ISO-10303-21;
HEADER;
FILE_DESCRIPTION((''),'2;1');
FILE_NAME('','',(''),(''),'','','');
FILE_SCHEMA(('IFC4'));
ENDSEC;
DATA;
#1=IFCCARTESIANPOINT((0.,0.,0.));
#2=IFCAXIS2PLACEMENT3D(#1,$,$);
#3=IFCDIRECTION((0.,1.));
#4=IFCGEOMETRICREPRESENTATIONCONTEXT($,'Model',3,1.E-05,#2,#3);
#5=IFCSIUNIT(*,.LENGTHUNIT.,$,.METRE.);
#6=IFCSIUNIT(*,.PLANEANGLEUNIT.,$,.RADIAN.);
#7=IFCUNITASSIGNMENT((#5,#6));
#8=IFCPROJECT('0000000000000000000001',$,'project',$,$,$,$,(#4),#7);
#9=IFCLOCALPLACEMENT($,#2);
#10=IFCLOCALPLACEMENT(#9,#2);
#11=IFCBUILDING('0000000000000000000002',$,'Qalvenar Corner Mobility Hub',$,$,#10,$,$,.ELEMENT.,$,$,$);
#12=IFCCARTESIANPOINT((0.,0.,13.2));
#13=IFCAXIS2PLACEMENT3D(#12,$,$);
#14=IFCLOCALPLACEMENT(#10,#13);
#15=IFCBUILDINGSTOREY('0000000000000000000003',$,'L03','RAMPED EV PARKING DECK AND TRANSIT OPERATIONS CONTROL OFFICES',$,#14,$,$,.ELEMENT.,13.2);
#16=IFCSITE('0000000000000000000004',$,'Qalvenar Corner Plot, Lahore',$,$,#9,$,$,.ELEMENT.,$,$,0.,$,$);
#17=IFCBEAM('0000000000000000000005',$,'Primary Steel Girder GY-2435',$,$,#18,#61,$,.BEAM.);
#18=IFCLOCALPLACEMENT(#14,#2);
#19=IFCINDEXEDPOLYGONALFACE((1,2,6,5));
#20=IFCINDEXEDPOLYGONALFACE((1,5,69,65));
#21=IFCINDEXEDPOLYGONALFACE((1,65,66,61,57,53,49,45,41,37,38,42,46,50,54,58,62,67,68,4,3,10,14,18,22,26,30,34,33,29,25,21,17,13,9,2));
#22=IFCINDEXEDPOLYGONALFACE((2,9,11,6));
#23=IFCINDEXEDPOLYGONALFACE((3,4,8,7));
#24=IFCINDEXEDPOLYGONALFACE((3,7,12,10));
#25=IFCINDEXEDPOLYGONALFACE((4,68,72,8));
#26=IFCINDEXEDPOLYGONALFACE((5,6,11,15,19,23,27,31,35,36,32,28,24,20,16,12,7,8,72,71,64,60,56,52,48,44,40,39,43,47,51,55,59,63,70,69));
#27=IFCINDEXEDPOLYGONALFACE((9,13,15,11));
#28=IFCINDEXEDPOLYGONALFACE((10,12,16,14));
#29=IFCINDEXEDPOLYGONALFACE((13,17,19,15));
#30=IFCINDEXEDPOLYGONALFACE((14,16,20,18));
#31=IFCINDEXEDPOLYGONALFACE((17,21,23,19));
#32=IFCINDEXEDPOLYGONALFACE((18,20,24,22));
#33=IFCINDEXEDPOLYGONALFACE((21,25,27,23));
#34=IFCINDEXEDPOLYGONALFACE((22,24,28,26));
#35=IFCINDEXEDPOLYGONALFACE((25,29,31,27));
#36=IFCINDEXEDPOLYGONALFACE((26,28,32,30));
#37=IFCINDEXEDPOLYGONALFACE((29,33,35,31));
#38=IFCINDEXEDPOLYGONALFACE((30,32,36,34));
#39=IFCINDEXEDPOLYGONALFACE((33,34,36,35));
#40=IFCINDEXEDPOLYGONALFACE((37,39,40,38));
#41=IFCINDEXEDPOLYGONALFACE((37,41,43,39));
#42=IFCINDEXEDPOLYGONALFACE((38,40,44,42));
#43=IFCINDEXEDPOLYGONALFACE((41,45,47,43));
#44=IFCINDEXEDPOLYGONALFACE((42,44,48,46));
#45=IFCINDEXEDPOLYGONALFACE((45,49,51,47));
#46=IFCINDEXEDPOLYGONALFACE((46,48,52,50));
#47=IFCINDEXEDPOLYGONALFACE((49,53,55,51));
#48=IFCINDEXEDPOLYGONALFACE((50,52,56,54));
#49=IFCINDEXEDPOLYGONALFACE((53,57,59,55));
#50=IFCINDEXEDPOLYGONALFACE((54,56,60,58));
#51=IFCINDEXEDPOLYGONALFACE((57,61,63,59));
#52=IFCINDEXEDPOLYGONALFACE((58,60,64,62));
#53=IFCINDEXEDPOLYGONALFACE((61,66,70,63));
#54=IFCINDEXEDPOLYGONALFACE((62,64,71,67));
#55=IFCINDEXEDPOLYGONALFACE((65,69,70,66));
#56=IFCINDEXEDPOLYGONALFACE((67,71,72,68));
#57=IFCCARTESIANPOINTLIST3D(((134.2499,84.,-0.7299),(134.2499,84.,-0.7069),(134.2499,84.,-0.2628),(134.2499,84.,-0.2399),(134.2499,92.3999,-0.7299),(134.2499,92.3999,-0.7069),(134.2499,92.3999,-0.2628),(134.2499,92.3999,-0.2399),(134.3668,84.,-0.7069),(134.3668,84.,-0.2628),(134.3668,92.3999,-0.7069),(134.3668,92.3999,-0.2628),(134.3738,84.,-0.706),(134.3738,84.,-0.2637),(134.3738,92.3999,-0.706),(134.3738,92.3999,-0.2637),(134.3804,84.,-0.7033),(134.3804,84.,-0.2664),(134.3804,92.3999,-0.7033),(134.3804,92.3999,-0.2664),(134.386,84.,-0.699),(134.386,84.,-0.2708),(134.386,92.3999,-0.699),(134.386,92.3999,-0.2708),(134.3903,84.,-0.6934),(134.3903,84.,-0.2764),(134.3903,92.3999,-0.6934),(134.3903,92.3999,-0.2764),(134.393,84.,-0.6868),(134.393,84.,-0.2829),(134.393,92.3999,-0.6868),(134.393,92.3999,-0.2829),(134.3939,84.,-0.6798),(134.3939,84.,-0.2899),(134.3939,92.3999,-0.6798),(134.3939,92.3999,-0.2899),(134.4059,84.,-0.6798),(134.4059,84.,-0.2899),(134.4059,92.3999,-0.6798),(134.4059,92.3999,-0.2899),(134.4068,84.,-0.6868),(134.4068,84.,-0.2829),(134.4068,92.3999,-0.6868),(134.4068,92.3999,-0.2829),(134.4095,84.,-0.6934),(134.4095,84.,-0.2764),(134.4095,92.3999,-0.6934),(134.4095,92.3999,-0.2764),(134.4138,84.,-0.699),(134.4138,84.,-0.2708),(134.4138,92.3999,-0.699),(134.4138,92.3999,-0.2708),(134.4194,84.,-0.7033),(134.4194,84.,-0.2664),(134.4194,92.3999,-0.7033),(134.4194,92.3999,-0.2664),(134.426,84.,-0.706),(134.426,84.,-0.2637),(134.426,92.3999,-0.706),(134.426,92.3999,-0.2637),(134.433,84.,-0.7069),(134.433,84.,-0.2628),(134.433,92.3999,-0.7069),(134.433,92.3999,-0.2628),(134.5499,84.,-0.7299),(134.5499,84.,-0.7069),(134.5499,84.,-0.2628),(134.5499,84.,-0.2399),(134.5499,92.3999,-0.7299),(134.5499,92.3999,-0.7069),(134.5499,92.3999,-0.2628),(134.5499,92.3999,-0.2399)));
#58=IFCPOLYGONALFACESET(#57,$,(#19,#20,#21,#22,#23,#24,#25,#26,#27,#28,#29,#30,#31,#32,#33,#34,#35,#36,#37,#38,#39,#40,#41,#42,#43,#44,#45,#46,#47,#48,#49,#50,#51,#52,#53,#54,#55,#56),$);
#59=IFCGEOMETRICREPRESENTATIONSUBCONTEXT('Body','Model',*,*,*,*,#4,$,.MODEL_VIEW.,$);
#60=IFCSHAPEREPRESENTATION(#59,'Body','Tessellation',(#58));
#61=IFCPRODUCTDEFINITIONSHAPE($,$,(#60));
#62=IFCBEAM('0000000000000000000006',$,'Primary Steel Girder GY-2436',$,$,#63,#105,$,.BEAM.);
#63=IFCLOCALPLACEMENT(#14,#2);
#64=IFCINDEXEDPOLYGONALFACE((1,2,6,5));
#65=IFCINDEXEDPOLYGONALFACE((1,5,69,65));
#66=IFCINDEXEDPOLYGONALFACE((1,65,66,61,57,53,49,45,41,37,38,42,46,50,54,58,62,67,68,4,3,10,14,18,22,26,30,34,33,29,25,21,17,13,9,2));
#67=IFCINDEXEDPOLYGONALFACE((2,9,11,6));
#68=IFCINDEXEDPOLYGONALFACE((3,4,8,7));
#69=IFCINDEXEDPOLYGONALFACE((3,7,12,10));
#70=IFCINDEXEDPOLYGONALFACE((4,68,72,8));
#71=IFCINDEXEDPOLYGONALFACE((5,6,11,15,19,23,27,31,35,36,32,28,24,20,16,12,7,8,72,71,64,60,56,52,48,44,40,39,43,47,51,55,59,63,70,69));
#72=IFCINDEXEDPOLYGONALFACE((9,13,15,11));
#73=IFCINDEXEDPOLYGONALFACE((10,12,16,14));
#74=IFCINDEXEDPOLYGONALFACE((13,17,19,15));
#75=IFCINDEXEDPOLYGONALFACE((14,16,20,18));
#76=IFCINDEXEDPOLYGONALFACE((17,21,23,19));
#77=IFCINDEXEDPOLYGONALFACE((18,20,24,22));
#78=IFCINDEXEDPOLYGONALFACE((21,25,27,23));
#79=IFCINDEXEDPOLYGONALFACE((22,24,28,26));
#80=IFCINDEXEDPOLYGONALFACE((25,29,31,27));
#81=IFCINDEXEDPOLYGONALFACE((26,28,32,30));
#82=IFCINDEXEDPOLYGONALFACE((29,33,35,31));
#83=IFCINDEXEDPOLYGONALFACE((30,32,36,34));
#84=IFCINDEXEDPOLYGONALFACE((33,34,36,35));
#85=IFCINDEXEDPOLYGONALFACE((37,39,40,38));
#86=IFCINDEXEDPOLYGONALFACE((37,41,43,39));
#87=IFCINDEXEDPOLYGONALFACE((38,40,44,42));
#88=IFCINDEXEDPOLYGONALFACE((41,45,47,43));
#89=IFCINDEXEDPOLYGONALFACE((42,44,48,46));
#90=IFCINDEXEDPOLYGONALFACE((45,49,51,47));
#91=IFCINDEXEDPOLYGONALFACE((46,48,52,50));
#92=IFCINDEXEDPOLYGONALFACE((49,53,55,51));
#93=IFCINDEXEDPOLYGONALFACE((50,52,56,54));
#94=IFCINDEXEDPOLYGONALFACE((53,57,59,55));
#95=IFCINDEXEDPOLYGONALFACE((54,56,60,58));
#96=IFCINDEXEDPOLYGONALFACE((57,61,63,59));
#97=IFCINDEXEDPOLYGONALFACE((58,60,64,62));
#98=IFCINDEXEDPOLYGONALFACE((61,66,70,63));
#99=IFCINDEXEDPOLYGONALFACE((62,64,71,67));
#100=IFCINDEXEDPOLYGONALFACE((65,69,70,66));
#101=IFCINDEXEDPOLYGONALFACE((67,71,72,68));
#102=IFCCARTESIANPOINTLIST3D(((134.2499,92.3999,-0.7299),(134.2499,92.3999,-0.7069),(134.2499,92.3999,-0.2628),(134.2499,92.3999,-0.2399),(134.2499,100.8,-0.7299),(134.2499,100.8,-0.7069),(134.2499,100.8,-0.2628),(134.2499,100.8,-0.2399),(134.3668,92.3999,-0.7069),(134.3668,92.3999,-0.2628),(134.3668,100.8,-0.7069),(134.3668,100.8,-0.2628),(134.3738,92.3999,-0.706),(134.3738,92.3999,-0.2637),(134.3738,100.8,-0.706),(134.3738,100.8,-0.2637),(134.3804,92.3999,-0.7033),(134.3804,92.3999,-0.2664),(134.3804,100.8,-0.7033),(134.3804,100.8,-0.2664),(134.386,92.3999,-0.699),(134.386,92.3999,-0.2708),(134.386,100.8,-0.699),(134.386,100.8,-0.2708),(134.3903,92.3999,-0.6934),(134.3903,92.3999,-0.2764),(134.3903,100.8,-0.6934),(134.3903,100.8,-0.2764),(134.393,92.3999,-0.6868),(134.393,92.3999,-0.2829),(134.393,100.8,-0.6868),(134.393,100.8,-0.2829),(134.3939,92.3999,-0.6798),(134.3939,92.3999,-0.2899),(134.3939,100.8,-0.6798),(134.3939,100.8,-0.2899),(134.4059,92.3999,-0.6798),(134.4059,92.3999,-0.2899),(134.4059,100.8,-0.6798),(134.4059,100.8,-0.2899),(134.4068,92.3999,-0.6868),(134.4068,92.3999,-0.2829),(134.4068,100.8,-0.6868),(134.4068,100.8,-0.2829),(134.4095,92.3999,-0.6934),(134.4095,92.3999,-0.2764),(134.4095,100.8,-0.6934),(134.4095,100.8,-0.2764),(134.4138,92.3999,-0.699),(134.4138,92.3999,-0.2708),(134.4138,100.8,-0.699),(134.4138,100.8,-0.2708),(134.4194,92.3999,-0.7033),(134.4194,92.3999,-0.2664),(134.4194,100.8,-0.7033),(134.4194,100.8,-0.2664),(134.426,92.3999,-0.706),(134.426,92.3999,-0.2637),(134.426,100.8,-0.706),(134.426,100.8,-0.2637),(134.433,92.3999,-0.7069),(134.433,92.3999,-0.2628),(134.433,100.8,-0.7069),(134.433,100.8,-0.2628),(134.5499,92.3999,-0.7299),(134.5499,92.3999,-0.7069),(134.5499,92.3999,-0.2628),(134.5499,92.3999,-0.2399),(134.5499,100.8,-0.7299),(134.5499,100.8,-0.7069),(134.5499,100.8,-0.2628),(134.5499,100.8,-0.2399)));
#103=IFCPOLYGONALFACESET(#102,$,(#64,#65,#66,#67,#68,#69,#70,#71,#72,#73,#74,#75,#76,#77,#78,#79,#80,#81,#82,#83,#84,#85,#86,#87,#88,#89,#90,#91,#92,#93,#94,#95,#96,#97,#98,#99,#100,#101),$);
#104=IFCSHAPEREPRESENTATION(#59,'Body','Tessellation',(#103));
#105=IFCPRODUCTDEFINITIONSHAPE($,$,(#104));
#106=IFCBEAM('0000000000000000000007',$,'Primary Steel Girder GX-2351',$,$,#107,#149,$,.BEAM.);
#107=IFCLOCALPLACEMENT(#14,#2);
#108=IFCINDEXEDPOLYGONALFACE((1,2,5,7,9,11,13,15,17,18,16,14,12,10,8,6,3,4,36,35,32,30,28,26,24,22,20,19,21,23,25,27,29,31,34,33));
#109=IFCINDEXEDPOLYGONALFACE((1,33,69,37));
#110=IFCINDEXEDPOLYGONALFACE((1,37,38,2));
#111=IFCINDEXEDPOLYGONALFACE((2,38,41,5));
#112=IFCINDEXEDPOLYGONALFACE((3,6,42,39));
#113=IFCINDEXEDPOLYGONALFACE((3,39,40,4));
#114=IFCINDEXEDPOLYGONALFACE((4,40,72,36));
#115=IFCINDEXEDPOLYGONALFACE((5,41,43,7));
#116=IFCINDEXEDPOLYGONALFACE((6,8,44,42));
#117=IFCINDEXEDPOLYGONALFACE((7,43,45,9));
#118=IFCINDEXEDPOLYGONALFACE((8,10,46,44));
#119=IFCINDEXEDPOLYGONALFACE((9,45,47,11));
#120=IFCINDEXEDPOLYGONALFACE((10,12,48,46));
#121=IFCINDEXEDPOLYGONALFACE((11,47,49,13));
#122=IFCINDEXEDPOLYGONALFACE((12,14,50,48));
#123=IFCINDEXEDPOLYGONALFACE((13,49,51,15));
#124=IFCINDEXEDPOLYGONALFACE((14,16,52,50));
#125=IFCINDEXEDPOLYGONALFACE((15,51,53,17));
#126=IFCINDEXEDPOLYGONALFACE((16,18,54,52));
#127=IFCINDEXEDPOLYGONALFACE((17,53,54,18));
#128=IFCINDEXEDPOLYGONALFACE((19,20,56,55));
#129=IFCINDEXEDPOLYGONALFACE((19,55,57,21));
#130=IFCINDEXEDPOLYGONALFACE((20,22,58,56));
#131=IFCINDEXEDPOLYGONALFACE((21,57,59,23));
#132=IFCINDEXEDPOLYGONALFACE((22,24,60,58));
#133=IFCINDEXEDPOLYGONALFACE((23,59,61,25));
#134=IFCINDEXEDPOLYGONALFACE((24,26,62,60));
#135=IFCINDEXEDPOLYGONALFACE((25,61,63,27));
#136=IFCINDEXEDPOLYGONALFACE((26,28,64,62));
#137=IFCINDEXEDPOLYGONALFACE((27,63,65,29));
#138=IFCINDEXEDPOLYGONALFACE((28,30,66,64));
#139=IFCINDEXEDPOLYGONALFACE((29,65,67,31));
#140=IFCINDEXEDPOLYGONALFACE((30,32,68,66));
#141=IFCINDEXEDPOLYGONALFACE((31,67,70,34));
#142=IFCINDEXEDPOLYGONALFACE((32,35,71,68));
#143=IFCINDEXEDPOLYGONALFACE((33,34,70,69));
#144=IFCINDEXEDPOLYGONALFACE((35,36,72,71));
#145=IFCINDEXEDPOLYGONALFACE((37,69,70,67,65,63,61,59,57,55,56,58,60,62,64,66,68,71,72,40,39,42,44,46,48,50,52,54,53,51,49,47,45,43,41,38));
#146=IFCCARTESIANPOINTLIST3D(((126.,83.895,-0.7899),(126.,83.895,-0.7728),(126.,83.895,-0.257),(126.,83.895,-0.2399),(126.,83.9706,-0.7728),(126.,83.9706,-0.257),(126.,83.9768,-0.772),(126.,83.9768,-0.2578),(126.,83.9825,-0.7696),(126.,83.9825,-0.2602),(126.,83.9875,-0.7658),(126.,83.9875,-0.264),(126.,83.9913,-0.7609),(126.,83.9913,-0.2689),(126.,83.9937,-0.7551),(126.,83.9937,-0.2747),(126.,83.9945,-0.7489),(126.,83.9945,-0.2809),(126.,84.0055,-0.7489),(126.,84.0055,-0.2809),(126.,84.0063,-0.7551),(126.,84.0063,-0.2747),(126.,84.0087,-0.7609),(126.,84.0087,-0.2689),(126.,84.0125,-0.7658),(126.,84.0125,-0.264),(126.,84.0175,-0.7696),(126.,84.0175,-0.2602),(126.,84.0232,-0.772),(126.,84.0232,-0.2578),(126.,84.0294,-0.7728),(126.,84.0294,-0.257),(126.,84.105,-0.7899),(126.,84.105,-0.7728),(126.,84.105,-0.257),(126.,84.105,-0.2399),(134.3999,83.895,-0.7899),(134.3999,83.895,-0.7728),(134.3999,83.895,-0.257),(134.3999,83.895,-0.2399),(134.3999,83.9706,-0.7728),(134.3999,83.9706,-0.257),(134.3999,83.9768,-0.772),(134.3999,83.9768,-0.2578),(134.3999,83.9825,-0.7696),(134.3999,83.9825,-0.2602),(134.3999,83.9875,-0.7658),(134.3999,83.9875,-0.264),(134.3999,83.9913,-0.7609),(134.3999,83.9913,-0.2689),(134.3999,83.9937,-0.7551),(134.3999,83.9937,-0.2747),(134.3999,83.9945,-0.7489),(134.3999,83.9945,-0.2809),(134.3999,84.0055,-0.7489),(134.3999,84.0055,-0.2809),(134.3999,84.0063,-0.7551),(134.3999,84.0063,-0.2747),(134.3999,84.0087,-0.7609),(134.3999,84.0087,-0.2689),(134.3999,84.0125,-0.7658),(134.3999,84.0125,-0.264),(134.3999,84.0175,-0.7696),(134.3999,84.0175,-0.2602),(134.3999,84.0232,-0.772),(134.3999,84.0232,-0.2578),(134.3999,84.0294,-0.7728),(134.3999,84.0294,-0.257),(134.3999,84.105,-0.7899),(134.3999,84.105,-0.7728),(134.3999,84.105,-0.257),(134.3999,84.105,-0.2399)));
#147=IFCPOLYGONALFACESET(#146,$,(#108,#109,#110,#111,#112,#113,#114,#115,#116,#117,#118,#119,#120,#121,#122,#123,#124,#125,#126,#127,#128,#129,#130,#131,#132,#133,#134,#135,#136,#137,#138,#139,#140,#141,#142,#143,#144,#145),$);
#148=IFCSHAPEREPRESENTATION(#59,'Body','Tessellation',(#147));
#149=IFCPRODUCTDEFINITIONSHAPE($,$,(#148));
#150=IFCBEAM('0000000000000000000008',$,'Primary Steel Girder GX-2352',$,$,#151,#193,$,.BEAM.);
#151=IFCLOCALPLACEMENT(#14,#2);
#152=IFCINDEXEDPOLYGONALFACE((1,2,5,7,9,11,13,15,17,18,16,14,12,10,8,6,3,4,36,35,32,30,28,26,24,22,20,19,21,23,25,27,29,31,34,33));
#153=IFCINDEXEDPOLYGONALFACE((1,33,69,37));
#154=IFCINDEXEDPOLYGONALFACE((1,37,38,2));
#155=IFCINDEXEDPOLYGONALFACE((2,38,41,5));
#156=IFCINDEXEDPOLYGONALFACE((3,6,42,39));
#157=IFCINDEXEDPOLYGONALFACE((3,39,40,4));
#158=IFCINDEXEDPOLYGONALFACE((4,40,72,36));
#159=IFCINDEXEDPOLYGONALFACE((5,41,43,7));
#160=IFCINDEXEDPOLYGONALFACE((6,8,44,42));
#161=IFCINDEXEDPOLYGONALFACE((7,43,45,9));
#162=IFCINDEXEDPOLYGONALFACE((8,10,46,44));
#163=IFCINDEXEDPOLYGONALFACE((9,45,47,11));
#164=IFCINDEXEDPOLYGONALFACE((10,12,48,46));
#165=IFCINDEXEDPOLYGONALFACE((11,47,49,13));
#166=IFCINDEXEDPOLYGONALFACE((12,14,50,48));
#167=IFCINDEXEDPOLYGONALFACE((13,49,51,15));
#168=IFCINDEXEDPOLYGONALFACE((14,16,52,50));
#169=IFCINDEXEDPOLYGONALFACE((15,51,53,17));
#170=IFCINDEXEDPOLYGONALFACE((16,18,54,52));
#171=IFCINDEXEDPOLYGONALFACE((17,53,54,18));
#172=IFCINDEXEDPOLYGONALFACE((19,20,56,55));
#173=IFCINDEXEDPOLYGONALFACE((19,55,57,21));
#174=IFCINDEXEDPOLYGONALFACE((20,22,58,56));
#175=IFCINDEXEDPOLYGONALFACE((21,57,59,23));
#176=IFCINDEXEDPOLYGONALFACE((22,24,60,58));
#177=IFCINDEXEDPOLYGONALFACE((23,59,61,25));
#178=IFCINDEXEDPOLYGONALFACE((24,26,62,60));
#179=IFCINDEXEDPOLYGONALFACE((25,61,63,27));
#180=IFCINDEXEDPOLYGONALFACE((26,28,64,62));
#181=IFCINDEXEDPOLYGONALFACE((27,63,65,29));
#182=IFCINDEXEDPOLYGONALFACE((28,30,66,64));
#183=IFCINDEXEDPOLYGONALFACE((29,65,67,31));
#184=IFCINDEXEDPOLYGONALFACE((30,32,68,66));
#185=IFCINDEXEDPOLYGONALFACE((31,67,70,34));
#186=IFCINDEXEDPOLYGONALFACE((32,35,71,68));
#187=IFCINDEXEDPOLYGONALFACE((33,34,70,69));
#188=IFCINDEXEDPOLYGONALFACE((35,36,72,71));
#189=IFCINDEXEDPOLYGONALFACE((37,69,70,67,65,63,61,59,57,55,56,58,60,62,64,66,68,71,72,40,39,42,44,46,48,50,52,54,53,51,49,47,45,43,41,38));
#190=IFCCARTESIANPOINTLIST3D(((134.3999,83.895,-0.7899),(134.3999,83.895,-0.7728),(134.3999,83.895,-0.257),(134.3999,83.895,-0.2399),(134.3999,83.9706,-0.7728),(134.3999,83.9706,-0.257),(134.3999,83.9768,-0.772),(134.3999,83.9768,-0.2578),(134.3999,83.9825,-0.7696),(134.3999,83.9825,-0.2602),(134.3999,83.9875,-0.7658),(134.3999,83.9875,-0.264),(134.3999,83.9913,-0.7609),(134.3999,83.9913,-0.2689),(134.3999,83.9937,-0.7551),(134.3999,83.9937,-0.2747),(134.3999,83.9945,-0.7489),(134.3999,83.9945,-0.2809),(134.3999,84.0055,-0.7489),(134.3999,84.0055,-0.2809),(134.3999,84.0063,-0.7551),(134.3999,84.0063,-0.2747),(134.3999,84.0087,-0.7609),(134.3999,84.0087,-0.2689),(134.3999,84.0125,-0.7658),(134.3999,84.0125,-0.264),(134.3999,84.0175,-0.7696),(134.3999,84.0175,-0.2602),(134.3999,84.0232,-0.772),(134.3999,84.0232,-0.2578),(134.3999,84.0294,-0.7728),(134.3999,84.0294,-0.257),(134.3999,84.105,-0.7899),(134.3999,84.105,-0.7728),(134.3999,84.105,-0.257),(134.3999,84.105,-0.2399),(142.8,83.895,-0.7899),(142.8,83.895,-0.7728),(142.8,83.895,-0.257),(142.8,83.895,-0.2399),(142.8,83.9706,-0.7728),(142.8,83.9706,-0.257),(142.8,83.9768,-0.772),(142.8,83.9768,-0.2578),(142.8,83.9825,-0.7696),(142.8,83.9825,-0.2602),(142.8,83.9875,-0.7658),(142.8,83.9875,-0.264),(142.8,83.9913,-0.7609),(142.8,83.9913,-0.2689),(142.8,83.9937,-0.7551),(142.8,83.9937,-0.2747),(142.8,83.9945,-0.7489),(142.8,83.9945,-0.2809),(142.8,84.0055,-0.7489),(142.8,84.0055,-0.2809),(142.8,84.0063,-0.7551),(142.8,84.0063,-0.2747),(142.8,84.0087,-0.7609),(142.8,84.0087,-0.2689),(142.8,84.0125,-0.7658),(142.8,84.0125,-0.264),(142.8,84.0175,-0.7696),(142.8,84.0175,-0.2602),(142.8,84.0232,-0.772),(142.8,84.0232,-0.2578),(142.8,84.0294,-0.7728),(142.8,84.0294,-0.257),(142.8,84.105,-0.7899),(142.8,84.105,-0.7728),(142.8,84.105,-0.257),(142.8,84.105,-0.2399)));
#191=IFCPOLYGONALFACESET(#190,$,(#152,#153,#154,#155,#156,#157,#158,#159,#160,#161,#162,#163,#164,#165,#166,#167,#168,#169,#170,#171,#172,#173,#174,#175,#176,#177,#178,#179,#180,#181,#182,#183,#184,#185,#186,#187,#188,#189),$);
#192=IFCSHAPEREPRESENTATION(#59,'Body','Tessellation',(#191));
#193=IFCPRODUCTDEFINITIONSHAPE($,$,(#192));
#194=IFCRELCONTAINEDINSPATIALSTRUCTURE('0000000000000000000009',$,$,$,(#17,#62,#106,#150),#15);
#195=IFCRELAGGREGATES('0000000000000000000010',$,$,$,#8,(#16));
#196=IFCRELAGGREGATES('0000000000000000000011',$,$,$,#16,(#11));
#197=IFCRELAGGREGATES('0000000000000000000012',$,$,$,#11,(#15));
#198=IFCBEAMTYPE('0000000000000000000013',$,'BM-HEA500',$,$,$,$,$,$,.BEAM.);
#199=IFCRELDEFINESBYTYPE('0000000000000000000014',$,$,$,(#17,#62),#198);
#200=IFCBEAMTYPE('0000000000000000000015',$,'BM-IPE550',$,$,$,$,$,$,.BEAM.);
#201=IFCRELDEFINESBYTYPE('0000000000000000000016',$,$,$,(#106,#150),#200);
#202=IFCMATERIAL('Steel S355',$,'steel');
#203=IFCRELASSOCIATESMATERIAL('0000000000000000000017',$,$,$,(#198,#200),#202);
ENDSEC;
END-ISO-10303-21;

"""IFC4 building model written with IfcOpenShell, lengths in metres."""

from ifc_helpers import new_model, si_unit, direction, frame, origin, origin_2d, place, context, subcontext, project, spatial, i_section, extrude, material, material_profile, profile_set, type_object, element, save


model = new_model("IFC4")

# Units and contexts
model_context = context("Model", 3, precision=1e-05, world=origin(), true_north=direction((0.0, 1.0)))
body_context = subcontext(model_context, "Body", "Model", "MODEL_VIEW")
ifc_project = project(units=[si_unit("LENGTHUNIT", "METRE"), si_unit("PLANEANGLEUNIT", "RADIAN")], contexts=[model_context])

# Site, building, storey
site_placement = place(None, origin())
site = spatial("IfcSite", under=ifc_project, at=site_placement, Name="Qalvenar Corner Plot, Lahore", CompositionType="ELEMENT", RefElevation=0.0)
building_placement = place(site_placement, origin())
building = spatial("IfcBuilding", under=site, at=building_placement, Name="Qalvenar Corner Mobility Hub", CompositionType="ELEMENT")
storey_placement = place(building_placement, frame((0.0, 0.0, 13.2)))
storey = spatial("IfcBuildingStorey", under=building, at=storey_placement, Name="L03", Description="RAMPED EV PARKING DECK AND TRANSIT OPERATIONS CONTROL OFFICES", CompositionType="ELEMENT", Elevation=13.2)

# Shared definitions
ifc_material_1 = material(Name="Steel S355", Category="steel")

# Beams
ifc_material_profile_1 = material_profile(ifc_material_1, i_section(OverallWidth=0.3, OverallDepth=0.49, WebThickness=0.012, FlangeThickness=0.0229, FilletRadius=0.0271, at=origin_2d()), Name="HEA500")
ifc_profile_set_1 = profile_set([ifc_material_profile_1], Name="Steel S355")
beam_type_1 = type_object("IfcBeamType", Name="BM-HEA500", PredefinedType="BEAM", material=ifc_profile_set_1)
beam_1_placement = place(storey_placement, frame((134.3999, 84.0, -0.4849), z_axis=(0.0, 1.0, 0.0), x_axis=(-1.0, 0.0, 0.0)))
element("IfcBeam", 1, at=beam_1_placement, inside=storey, type_object=beam_type_1, Name="Primary Steel Girder GY-2435", PredefinedType="BEAM", context=body_context, shape_type="SweptSolid", body=[
    extrude(i_section(OverallWidth=0.3, OverallDepth=0.49, WebThickness=0.012, FlangeThickness=0.0229, FilletRadius=0.0271, at=origin_2d()), origin(), (0.0, 0.0, 1.0), 8.3999),
])
beam_2_placement = place(storey_placement, frame((134.3999, 92.3999, -0.4849), z_axis=(0.0, 1.0, 0.0), x_axis=(-1.0, 0.0, 0.0)))
element("IfcBeam", 2, at=beam_2_placement, inside=storey, type_object=beam_type_1, Name="Primary Steel Girder GY-2436", PredefinedType="BEAM", context=body_context, shape_type="SweptSolid", body=[
    extrude(i_section(OverallWidth=0.3, OverallDepth=0.49, WebThickness=0.012, FlangeThickness=0.0229, FilletRadius=0.0271, at=origin_2d()), origin(), (0.0, 0.0, 1.0), 8.4001),
])
ifc_material_profile_2 = material_profile(ifc_material_1, i_section(OverallWidth=0.21, OverallDepth=0.55, WebThickness=0.011, FlangeThickness=0.0171, FilletRadius=0.0239, at=origin_2d()), Name="IPE550")
ifc_profile_set_2 = profile_set([ifc_material_profile_2], Name="Steel S355")
beam_type_2 = type_object("IfcBeamType", Name="BM-IPE550", PredefinedType="BEAM", material=ifc_profile_set_2)
beam_3_placement = place(storey_placement, frame((126.0, 84.0, -0.5149), z_axis=(1.0, 0.0, 0.0), x_axis=(0.0, 1.0, 0.0)))
element("IfcBeam", 3, at=beam_3_placement, inside=storey, type_object=beam_type_2, Name="Primary Steel Girder GX-2351", PredefinedType="BEAM", context=body_context, shape_type="SweptSolid", body=[
    extrude(i_section(OverallWidth=0.21, OverallDepth=0.55, WebThickness=0.011, FlangeThickness=0.0171, FilletRadius=0.0239, at=origin_2d()), origin(), (0.0, 0.0, 1.0), 8.3999),
])
beam_4_placement = place(storey_placement, frame((134.3999, 84.0, -0.5149), z_axis=(1.0, 0.0, 0.0), x_axis=(0.0, 1.0, 0.0)))
element("IfcBeam", 4, at=beam_4_placement, inside=storey, type_object=beam_type_2, Name="Primary Steel Girder GX-2352", PredefinedType="BEAM", context=body_context, shape_type="SweptSolid", body=[
    extrude(i_section(OverallWidth=0.21, OverallDepth=0.55, WebThickness=0.011, FlangeThickness=0.0171, FilletRadius=0.0239, at=origin_2d()), origin(), (0.0, 0.0, 1.0), 8.4001),
])

save(model, "model.ifc")
